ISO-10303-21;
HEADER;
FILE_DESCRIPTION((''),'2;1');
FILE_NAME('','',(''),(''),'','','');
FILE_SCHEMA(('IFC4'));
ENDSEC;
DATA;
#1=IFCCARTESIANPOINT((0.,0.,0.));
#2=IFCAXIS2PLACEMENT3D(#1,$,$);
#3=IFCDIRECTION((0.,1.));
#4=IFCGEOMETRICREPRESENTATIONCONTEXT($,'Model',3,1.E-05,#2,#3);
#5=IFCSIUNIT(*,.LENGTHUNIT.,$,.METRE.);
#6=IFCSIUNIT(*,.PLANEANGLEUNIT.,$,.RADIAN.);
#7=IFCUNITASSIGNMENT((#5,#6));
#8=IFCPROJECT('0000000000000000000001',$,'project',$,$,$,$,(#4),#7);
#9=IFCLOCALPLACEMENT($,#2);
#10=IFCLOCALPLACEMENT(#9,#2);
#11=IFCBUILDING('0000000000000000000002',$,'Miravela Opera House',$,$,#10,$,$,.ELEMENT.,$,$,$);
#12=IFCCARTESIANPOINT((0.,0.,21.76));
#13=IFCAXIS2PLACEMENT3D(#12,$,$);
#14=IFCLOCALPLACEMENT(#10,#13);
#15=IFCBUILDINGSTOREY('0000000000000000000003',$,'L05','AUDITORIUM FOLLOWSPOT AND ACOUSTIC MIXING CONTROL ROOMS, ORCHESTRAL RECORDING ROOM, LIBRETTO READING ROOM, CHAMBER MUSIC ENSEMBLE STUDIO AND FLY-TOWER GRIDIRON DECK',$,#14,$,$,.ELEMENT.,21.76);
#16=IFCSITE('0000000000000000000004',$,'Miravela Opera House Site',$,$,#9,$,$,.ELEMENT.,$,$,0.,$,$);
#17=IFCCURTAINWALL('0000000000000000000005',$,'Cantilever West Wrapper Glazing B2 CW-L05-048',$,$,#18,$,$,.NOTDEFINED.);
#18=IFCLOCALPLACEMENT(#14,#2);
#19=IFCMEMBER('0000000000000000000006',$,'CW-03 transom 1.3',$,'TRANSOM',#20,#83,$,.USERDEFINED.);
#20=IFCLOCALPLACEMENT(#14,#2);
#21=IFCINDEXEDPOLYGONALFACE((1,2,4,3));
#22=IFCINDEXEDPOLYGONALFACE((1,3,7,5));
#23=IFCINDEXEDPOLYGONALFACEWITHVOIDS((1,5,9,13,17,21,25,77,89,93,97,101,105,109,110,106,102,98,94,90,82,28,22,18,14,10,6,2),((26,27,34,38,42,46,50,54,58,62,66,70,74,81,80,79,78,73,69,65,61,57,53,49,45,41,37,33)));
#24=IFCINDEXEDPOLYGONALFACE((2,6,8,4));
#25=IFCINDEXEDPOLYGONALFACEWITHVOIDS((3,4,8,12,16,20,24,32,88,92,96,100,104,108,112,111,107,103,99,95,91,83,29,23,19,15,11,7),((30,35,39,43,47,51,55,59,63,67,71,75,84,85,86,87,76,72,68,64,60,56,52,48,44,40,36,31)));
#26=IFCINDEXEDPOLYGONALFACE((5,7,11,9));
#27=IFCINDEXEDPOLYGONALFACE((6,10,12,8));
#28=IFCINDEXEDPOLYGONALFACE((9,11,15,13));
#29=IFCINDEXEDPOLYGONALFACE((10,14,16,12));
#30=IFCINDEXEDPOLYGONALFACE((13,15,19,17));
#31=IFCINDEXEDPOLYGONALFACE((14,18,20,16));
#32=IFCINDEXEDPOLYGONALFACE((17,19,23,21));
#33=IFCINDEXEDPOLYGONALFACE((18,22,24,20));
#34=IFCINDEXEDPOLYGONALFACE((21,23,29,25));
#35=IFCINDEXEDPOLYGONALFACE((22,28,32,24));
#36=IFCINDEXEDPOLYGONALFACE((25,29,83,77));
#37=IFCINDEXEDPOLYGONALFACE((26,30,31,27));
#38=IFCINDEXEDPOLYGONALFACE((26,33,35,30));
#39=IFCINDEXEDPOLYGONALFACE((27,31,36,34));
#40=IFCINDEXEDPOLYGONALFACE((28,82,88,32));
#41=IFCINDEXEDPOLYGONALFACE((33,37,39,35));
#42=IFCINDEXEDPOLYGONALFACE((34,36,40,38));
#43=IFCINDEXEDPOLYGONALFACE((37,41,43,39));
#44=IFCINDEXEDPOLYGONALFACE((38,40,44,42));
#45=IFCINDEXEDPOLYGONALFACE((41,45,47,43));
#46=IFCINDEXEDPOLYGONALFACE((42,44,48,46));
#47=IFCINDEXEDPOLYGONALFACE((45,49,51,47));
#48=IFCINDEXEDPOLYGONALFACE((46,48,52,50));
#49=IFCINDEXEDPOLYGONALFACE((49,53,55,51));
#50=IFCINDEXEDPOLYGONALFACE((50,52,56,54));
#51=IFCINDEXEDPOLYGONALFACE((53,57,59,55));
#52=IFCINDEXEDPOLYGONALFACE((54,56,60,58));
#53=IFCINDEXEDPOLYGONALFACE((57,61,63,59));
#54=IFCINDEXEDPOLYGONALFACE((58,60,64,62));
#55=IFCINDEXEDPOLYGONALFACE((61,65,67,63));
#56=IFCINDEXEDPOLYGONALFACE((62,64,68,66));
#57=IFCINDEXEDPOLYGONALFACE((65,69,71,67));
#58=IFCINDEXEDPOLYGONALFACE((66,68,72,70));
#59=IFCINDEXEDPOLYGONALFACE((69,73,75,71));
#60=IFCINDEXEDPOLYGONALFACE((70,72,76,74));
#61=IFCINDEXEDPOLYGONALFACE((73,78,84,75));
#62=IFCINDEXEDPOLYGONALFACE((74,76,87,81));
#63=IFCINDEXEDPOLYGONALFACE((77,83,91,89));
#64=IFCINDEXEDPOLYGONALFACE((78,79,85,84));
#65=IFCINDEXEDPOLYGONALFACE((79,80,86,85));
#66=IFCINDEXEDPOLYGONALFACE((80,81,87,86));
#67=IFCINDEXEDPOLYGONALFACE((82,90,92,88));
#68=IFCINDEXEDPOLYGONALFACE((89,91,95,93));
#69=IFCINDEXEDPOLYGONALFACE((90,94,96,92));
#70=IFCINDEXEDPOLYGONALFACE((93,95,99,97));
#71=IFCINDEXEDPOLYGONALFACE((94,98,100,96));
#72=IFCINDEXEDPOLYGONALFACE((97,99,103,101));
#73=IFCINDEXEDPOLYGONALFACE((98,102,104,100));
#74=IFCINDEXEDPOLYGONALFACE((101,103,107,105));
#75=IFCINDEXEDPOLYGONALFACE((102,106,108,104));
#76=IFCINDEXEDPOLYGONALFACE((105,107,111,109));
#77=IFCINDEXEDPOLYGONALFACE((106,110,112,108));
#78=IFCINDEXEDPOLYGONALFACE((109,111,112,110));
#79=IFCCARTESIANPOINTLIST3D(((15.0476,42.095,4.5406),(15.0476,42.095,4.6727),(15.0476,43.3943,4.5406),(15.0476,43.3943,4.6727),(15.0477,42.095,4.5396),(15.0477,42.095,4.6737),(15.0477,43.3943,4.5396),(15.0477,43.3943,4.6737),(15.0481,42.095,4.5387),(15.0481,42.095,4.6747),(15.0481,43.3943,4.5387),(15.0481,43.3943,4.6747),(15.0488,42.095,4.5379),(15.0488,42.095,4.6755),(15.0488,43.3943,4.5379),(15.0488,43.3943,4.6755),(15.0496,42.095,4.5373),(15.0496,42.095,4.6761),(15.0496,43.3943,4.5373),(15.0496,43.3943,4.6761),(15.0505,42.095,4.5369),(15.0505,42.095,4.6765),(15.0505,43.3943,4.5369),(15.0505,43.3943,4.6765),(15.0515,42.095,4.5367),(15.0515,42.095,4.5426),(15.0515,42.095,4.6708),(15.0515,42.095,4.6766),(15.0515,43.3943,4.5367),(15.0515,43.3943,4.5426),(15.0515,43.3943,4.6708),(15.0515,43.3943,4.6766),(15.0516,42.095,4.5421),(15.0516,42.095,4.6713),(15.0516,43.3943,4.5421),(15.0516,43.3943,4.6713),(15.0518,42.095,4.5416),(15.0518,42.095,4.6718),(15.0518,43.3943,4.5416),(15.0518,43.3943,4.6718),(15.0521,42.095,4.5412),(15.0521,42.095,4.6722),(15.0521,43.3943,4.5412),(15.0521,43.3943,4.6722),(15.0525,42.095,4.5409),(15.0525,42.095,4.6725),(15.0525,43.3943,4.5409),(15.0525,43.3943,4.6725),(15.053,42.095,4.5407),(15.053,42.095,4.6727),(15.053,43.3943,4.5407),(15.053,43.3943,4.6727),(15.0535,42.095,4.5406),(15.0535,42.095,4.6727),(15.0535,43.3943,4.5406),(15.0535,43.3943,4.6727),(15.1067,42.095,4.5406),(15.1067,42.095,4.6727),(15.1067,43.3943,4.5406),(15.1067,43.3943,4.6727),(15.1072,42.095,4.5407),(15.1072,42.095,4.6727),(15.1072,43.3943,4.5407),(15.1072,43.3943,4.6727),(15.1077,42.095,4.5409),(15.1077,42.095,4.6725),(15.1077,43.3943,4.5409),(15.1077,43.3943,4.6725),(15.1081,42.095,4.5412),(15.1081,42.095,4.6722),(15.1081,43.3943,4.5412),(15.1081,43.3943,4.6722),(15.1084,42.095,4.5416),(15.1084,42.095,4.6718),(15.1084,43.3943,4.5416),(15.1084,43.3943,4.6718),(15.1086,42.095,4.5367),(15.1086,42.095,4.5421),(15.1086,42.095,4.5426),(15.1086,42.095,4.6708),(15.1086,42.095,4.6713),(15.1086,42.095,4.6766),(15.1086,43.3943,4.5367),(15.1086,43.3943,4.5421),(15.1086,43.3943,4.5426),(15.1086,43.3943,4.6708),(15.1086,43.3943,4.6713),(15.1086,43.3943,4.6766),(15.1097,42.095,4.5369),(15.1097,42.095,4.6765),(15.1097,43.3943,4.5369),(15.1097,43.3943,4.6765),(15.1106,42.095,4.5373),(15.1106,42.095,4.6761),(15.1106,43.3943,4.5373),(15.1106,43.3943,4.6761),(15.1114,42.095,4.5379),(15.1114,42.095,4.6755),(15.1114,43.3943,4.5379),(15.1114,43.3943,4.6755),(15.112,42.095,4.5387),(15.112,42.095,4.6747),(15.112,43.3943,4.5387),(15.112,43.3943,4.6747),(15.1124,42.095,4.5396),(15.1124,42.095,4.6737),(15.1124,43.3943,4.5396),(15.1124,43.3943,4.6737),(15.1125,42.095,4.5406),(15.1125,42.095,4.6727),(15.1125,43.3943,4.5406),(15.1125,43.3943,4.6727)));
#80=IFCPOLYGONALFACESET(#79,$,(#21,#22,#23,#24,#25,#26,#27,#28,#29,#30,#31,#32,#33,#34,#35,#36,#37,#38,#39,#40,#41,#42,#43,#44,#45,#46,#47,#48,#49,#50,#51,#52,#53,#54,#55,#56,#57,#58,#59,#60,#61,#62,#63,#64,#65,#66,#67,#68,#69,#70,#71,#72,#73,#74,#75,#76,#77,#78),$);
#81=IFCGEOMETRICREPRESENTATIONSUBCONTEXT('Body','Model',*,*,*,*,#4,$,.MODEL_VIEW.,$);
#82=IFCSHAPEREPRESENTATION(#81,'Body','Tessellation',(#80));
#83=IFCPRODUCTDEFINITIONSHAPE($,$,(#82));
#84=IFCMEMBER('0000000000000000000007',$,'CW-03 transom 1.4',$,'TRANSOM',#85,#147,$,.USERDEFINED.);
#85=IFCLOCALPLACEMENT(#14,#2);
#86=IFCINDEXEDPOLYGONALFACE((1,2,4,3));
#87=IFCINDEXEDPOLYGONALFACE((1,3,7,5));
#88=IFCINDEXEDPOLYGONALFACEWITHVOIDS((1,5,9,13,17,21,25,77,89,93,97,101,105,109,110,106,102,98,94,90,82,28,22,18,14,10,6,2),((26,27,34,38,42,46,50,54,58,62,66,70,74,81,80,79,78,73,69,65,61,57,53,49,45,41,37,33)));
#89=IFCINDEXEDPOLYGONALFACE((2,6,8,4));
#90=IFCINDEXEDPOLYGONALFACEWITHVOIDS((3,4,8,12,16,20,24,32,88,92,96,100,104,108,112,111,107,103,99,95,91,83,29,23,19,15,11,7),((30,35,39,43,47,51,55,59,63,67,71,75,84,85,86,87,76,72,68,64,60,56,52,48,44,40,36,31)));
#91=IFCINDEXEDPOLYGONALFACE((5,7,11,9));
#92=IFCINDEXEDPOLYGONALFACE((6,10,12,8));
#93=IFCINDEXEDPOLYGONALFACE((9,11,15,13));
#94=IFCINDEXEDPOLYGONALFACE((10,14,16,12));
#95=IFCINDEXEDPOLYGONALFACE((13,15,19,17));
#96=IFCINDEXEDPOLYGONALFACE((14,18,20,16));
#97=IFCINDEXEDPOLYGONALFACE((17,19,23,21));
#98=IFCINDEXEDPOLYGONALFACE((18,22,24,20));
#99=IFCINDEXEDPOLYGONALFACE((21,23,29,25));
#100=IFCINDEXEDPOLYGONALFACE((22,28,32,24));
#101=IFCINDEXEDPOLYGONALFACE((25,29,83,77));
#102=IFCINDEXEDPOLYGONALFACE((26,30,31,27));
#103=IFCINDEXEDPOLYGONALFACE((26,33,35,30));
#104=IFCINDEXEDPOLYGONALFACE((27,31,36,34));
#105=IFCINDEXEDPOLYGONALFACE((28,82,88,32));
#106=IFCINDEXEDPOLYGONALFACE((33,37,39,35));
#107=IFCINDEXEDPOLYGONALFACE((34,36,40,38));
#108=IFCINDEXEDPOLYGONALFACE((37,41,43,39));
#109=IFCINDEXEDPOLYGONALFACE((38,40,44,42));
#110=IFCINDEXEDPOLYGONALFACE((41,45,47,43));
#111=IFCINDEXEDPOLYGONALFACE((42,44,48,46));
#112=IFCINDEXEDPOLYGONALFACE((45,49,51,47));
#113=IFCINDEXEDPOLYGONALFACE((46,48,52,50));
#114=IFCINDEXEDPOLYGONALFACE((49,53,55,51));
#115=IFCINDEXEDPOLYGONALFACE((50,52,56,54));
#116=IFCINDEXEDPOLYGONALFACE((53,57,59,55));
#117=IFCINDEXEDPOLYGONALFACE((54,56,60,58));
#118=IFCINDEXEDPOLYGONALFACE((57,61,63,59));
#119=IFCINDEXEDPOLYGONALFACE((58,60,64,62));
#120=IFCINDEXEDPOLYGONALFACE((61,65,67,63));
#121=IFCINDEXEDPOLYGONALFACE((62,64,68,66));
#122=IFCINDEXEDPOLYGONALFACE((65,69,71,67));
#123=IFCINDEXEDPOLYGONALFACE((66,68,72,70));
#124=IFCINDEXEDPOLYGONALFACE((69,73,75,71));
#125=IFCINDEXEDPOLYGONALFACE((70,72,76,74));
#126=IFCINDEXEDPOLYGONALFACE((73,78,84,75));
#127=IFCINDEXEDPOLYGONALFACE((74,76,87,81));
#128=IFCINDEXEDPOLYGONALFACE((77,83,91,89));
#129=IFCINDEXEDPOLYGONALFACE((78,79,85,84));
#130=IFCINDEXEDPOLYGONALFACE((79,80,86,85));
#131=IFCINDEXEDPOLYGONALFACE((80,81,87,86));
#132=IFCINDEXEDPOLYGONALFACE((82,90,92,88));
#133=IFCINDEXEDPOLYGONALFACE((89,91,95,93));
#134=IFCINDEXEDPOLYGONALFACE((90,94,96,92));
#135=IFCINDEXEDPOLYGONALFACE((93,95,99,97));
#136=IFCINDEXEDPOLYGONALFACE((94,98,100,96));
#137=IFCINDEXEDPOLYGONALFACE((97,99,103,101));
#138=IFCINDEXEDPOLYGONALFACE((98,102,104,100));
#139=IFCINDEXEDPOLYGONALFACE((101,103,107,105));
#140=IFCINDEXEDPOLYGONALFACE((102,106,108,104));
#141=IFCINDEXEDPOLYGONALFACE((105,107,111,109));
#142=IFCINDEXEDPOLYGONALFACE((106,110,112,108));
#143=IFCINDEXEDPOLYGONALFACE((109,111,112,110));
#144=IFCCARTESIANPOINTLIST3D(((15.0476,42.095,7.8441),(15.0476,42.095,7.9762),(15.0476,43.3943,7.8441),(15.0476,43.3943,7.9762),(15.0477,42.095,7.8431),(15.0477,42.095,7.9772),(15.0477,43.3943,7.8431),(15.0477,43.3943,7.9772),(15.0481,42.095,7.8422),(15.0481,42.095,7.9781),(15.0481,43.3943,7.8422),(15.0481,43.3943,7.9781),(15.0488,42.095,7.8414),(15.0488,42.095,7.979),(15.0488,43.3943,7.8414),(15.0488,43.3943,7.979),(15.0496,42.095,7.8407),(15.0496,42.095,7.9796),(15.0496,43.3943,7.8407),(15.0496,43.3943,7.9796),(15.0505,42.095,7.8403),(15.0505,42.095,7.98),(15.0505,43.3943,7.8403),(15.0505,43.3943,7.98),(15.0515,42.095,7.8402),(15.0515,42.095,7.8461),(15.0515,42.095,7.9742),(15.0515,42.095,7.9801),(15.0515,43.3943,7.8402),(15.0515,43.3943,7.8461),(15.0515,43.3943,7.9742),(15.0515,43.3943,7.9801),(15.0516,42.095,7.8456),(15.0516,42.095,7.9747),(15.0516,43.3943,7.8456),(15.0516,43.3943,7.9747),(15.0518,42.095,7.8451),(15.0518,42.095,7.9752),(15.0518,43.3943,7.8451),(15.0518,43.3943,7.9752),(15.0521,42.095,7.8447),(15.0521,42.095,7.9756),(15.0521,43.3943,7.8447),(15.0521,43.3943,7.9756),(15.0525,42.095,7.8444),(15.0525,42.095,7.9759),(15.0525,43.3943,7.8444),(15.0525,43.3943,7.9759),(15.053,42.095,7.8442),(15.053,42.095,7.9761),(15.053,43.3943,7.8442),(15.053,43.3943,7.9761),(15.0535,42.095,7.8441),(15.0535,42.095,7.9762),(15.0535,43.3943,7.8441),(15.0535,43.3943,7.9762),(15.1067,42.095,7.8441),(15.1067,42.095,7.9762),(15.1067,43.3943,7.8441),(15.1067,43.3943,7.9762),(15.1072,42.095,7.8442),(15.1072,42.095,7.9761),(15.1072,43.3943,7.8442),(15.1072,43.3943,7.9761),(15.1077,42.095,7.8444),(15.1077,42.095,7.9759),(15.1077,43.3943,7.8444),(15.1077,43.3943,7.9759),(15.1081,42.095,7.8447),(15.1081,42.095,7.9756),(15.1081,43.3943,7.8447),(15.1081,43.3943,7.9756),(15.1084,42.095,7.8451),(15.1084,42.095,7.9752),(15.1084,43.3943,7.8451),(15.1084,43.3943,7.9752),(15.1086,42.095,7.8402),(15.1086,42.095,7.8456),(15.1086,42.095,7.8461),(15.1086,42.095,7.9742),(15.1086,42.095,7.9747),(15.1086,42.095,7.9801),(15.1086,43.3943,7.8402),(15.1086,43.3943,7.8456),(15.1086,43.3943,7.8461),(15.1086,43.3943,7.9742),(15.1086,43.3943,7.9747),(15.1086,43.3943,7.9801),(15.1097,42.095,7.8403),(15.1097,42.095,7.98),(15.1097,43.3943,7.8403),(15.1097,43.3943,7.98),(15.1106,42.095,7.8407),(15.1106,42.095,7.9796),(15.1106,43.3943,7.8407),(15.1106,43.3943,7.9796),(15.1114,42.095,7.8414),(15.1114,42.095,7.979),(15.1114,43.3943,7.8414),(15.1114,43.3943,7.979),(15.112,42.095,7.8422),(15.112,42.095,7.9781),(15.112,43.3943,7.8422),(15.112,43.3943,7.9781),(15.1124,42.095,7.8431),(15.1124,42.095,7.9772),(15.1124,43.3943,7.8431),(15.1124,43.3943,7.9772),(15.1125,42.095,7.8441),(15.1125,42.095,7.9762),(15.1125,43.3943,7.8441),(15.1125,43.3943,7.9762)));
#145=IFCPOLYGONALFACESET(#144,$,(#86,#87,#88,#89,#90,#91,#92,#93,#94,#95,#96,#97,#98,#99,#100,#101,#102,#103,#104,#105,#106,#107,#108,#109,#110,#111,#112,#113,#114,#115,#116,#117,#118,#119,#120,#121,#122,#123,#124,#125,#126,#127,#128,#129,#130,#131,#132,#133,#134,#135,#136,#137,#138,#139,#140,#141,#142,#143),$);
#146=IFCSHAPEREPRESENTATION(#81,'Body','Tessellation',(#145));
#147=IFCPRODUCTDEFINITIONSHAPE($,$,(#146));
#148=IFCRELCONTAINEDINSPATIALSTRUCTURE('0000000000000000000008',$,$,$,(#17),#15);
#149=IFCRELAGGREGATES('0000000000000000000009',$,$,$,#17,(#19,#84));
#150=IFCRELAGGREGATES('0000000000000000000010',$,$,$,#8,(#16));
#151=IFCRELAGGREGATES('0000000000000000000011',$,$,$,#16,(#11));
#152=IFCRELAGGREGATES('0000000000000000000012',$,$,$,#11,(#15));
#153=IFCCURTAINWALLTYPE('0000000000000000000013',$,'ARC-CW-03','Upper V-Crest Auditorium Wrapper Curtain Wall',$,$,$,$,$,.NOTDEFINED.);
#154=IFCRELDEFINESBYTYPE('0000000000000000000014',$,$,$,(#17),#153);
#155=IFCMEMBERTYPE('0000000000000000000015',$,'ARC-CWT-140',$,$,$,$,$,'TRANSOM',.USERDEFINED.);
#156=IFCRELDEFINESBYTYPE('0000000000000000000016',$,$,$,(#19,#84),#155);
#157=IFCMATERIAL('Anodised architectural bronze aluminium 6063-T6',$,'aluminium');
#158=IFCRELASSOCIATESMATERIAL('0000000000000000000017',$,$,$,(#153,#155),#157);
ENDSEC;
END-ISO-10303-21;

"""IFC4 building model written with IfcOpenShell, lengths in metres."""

from ifc_helpers import new_model, si_unit, direction, frame, origin, origin_2d, place, context, subcontext, project, spatial, hollow_rectangle, extrude, material, material_profile, profile_set, type_object, element, aggregate, save


model = new_model("IFC4")

# Units and contexts
model_context = context("Model", 3, precision=1e-05, world=origin(), true_north=direction((0.0, 1.0)))
body_context = subcontext(model_context, "Body", "Model", "MODEL_VIEW")
ifc_project = project(units=[si_unit("LENGTHUNIT", "METRE"), si_unit("PLANEANGLEUNIT", "RADIAN")], contexts=[model_context])

# Site, building, storey
site_placement = place(None, origin())
site = spatial("IfcSite", under=ifc_project, at=site_placement, Name="Miravela Opera House Site", CompositionType="ELEMENT", RefElevation=0.0)
building_placement = place(site_placement, origin())
building = spatial("IfcBuilding", under=site, at=building_placement, Name="Miravela Opera House", CompositionType="ELEMENT")
storey_placement = place(building_placement, frame((0.0, 0.0, 21.76)))
storey = spatial("IfcBuildingStorey", under=building, at=storey_placement, Name="L05", Description="AUDITORIUM FOLLOWSPOT AND ACOUSTIC MIXING CONTROL ROOMS, ORCHESTRAL RECORDING ROOM, LIBRETTO READING ROOM, CHAMBER MUSIC ENSEMBLE STUDIO AND FLY-TOWER GRIDIRON DECK", CompositionType="ELEMENT", Elevation=21.76)

# Curtain wall, members
ifc_material_1 = material(Name="Anodised architectural bronze aluminium 6063-T6", Category="aluminium")
curtain_wall_type = type_object("IfcCurtainWallType", Name="ARC-CW-03", Description="Upper V-Crest Auditorium Wrapper Curtain Wall", PredefinedType="NOTDEFINED", material=ifc_material_1)
ifc_material_profile_1 = material_profile(ifc_material_1, hollow_rectangle(XDim=0.0649, YDim=0.1399, WallThickness=0.0039, InnerFilletRadius=0.002, OuterFilletRadius=0.0039, at=origin_2d()), Name="CWT-65X140")
ifc_profile_set_1 = profile_set([ifc_material_profile_1])
member_type_1 = type_object("IfcMemberType", Name="ARC-CWT-140", ElementType="TRANSOM", PredefinedType="USERDEFINED", material=ifc_profile_set_1)
curtain_wall_1_placement = place(storey_placement, origin())
curtain_wall_1 = element("IfcCurtainWall", 1, at=curtain_wall_1_placement, inside=storey, type_object=curtain_wall_type, Name="Cantilever West Wrapper Glazing B2 CW-L05-048", PredefinedType="NOTDEFINED")
member_1_placement = place(storey_placement, frame((15.0801, 42.095, 4.6067), z_axis=(0.0, 1.0, 0.0), x_axis=(-1.0, 0.0, 0.0)))
member_1 = element("IfcMember", 2, at=member_1_placement, type_object=member_type_1, Name="CW-03 transom 1.3", ObjectType="TRANSOM", PredefinedType="USERDEFINED", context=body_context, shape_type="SweptSolid", body=[
    extrude(hollow_rectangle(XDim=0.0649, YDim=0.1399, WallThickness=0.0039, InnerFilletRadius=0.002, OuterFilletRadius=0.0039, at=origin_2d()), origin(), (0.0, 0.0, 1.0), 1.2993),
])
member_2_placement = place(storey_placement, frame((15.0801, 42.095, 7.9102), z_axis=(0.0, 1.0, 0.0), x_axis=(-1.0, 0.0, 0.0)))
member_2 = element("IfcMember", 3, at=member_2_placement, type_object=member_type_1, Name="CW-03 transom 1.4", ObjectType="TRANSOM", PredefinedType="USERDEFINED", context=body_context, shape_type="SweptSolid", body=[
    extrude(hollow_rectangle(XDim=0.0649, YDim=0.1399, WallThickness=0.0039, InnerFilletRadius=0.002, OuterFilletRadius=0.0039, at=origin_2d()), origin(), (0.0, 0.0, 1.0), 1.2993),
])

aggregate(curtain_wall_1, [member_1, member_2])

save(model, "model.ifc")
